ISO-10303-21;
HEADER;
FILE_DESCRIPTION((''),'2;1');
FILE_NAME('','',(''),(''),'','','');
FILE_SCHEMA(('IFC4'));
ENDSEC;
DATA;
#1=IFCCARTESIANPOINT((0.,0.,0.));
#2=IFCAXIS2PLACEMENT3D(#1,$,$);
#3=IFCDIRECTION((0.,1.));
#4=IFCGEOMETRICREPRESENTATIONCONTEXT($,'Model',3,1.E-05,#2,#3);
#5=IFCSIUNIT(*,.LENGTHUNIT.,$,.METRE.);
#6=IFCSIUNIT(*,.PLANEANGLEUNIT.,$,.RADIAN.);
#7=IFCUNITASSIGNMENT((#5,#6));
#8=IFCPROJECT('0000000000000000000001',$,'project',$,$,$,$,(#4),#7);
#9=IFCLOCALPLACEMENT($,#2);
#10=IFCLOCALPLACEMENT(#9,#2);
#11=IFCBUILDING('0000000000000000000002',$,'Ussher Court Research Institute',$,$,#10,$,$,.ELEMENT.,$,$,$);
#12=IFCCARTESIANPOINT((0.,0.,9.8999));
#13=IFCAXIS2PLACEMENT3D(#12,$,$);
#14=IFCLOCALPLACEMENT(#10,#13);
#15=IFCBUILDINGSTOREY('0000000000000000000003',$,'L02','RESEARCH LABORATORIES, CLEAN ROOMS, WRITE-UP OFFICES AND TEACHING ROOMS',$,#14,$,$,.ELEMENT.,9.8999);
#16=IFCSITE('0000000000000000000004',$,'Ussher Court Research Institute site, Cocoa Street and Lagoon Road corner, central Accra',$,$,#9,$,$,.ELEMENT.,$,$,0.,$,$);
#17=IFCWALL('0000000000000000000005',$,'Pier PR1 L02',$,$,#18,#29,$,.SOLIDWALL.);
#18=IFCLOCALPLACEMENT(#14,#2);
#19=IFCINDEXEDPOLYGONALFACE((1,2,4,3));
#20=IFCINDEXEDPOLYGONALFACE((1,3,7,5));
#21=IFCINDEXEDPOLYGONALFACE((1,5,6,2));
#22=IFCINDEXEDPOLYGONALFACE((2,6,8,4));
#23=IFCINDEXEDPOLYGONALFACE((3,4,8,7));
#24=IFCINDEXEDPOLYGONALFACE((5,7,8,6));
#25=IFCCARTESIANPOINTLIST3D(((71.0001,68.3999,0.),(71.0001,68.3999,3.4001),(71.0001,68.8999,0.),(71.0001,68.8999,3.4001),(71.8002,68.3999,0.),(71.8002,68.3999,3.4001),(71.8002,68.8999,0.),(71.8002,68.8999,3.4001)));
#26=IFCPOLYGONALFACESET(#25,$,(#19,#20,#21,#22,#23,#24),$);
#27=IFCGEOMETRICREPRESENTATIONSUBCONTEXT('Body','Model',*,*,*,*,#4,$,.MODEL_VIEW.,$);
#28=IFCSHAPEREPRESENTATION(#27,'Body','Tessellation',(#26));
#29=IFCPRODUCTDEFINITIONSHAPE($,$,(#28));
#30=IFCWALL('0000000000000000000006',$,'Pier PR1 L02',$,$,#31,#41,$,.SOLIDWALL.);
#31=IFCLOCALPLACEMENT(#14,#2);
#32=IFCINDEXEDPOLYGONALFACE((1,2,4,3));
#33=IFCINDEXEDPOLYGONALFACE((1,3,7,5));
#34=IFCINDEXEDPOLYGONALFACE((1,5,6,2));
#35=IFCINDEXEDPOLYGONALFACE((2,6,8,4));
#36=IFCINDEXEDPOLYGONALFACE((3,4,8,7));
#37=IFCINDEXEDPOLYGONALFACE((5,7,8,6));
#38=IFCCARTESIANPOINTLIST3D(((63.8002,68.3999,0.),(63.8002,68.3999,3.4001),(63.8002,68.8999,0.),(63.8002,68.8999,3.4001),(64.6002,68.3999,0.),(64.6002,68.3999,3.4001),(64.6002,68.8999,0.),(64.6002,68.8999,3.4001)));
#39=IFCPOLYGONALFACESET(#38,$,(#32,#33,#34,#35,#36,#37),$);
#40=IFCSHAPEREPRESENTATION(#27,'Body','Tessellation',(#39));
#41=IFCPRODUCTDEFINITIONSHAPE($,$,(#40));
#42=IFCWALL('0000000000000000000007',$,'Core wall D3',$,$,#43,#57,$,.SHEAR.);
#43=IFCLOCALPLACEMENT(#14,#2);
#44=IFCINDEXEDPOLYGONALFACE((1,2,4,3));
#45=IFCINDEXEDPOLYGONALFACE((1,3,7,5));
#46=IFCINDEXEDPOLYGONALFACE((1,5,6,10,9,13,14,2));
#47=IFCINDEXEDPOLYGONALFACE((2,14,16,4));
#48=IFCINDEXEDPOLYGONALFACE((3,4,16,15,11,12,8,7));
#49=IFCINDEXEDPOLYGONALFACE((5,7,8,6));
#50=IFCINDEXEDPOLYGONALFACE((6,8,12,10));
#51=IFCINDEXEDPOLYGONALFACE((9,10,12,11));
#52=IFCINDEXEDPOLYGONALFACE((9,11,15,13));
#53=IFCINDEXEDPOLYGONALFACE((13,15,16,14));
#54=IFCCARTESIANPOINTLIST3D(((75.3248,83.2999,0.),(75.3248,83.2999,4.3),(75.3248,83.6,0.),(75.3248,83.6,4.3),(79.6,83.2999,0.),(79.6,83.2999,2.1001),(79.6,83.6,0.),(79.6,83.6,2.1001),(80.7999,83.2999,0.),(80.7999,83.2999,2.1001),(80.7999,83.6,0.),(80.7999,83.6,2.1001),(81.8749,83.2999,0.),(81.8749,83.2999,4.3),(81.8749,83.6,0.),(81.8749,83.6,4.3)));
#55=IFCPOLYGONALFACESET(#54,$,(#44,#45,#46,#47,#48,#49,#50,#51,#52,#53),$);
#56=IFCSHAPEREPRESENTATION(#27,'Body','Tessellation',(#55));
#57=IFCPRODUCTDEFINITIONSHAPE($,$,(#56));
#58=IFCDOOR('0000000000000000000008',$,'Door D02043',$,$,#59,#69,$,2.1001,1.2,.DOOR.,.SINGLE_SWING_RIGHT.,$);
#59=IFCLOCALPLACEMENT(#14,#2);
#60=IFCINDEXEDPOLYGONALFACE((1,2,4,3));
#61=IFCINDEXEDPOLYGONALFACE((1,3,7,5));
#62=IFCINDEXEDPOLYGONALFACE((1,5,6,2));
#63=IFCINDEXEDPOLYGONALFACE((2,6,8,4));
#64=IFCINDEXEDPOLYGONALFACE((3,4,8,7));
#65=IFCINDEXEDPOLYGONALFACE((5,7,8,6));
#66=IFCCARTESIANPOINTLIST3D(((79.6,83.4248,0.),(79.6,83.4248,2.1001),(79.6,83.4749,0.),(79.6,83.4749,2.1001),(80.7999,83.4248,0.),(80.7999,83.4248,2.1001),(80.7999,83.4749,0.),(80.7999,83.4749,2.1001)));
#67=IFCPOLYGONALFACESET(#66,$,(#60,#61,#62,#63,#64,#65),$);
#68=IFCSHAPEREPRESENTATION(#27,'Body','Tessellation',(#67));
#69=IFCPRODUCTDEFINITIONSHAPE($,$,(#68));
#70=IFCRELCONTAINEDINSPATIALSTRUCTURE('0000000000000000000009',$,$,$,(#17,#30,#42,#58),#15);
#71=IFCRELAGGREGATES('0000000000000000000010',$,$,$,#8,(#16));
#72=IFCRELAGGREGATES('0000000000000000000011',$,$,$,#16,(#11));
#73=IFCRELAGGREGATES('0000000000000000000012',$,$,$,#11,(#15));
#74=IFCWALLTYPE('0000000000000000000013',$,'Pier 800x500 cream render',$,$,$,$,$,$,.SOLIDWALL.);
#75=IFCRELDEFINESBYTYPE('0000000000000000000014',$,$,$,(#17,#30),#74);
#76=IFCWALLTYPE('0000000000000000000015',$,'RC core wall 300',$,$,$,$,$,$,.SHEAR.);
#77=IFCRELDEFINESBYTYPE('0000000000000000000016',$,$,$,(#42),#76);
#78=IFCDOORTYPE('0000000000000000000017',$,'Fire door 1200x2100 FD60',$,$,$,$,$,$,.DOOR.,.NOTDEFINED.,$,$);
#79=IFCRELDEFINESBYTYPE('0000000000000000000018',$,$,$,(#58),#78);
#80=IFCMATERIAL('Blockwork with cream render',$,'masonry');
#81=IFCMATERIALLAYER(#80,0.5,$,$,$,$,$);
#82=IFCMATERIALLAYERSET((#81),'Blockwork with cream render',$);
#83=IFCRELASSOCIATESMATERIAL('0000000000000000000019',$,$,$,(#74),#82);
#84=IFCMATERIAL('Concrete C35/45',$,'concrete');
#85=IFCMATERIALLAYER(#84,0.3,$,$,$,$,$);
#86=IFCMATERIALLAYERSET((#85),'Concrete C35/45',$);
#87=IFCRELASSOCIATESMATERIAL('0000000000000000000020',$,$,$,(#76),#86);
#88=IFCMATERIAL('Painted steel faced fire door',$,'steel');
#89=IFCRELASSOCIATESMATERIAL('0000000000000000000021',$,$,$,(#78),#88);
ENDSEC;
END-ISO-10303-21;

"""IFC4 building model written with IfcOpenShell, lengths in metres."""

from ifc_helpers import new_model, si_unit, direction, frame, frame_2d, origin, place, context, subcontext, project, spatial, rectangle, extrude, material, layer, layer_set, type_object, element, fill, save


model = new_model("IFC4")

# Units and contexts
model_context = context("Model", 3, precision=1e-05, world=origin(), true_north=direction((0.0, 1.0)))
body_context = subcontext(model_context, "Body", "Model", "MODEL_VIEW")
ifc_project = project(units=[si_unit("LENGTHUNIT", "METRE"), si_unit("PLANEANGLEUNIT", "RADIAN")], contexts=[model_context])

# Site, building, storey
site_placement = place(None, origin())
site = spatial("IfcSite", under=ifc_project, at=site_placement, Name="Ussher Court Research Institute site, Cocoa Street and Lagoon Road corner, central Accra", CompositionType="ELEMENT", RefElevation=0.0)
building_placement = place(site_placement, origin())
building = spatial("IfcBuilding", under=site, at=building_placement, Name="Ussher Court Research Institute", CompositionType="ELEMENT")
storey_placement = place(building_placement, frame((0.0, 0.0, 9.8999)))
storey = spatial("IfcBuildingStorey", under=building, at=storey_placement, Name="L02", Description="RESEARCH LABORATORIES, CLEAN ROOMS, WRITE-UP OFFICES AND TEACHING ROOMS", CompositionType="ELEMENT", Elevation=9.8999)

# Walls
ifc_material_1 = material(Name="Blockwork with cream render", Category="masonry")
ifc_layer_1 = layer(ifc_material_1, 0.5)
ifc_layer_set_1 = layer_set([ifc_layer_1], Name="Blockwork with cream render")
wall_type_1 = type_object("IfcWallType", Name="Pier 800x500 cream render", PredefinedType="SOLIDWALL", material=ifc_layer_set_1)
for number, where, z_axis, x_axis, name in (
    (1, (71.8, 68.6499, 0.0), (0.0, 0.0, 1.0), (-1.0, 0.0, 0.0), "Pier PR1 L02"),
    (2, (64.6001, 68.6499, 0.0), (0.0, 0.0, 1.0), (-1.0, 0.0, 0.0), "Pier PR1 L02"),
):
    element("IfcWall", number, at=place(storey_placement, frame(where, z_axis=z_axis, x_axis=x_axis)), inside=storey, type_object=wall_type_1, Name=name, PredefinedType="SOLIDWALL", context=body_context, shape_type="SweptSolid", body=[
        extrude(rectangle(XDim=0.8, YDim=0.5, at=frame_2d((0.3999, 0.0))), origin(), (0.0, 0.0, 1.0), 3.4001),
    ])

# Wall, opening, door
ifc_material_2 = material(Name="Concrete C35/45", Category="concrete")
ifc_layer_2 = layer(ifc_material_2, 0.3)
ifc_layer_set_2 = layer_set([ifc_layer_2], Name="Concrete C35/45")
wall_type_2 = type_object("IfcWallType", Name="RC core wall 300", PredefinedType="SHEAR", material=ifc_layer_set_2)
wall_1_placement = place(storey_placement, frame((75.325, 83.45, 0.0), z_axis=(0.0, 0.0, 1.0), x_axis=(1.0, 0.0, 0.0)))
wall_1 = element("IfcWall", 3, at=wall_1_placement, inside=storey, type_object=wall_type_2, Name="Core wall D3", PredefinedType="SHEAR", context=body_context, shape_type="SweptSolid", body=[
    extrude(rectangle(XDim=6.55, YDim=0.3, at=frame_2d((3.2749, 0.0))), origin(), (0.0, 0.0, 1.0), 4.3),
])
opening_1_placement = place(wall_1_placement, frame((4.2749, 0.0, 0.0)))
opening_1 = element("IfcOpeningElement", 4, at=opening_1_placement, cuts=wall_1, PredefinedType="OPENING", context=body_context, shape_type="SweptSolid", body=[
    extrude(rectangle(XDim=1.2, YDim=2.1001, at=frame_2d((0.6001, 1.05))), frame((0.0, 0.1602, 0.0), z_axis=(0.0, -1.0, 0.0), x_axis=(1.0, 0.0, 0.0)), (0.0, 0.0, 1.0), 0.3201),
])
ifc_material_3 = material(Name="Painted steel faced fire door", Category="steel")
door_type_1 = type_object("IfcDoorType", Name="Fire door 1200x2100 FD60", OperationType="NOTDEFINED", PredefinedType="DOOR", material=ifc_material_3)
door_1_placement = place(opening_1_placement, origin())
door_1 = element("IfcDoor", 5, at=door_1_placement, inside=storey, type_object=door_type_1, Name="Door D02043", OperationType="SINGLE_SWING_RIGHT", OverallHeight=2.1001, OverallWidth=1.2, PredefinedType="DOOR", context=body_context, shape_type="SweptSolid", body=[
    extrude(rectangle(XDim=1.2, YDim=2.1001, at=frame_2d((0.6001, 1.05))), frame((0.0, 0.0249, 0.0), z_axis=(0.0, -1.0, 0.0), x_axis=(1.0, 0.0, 0.0)), (0.0, 0.0, 1.0), 0.05),
])
fill(opening_1, door_1)

save(model, "model.ifc")
